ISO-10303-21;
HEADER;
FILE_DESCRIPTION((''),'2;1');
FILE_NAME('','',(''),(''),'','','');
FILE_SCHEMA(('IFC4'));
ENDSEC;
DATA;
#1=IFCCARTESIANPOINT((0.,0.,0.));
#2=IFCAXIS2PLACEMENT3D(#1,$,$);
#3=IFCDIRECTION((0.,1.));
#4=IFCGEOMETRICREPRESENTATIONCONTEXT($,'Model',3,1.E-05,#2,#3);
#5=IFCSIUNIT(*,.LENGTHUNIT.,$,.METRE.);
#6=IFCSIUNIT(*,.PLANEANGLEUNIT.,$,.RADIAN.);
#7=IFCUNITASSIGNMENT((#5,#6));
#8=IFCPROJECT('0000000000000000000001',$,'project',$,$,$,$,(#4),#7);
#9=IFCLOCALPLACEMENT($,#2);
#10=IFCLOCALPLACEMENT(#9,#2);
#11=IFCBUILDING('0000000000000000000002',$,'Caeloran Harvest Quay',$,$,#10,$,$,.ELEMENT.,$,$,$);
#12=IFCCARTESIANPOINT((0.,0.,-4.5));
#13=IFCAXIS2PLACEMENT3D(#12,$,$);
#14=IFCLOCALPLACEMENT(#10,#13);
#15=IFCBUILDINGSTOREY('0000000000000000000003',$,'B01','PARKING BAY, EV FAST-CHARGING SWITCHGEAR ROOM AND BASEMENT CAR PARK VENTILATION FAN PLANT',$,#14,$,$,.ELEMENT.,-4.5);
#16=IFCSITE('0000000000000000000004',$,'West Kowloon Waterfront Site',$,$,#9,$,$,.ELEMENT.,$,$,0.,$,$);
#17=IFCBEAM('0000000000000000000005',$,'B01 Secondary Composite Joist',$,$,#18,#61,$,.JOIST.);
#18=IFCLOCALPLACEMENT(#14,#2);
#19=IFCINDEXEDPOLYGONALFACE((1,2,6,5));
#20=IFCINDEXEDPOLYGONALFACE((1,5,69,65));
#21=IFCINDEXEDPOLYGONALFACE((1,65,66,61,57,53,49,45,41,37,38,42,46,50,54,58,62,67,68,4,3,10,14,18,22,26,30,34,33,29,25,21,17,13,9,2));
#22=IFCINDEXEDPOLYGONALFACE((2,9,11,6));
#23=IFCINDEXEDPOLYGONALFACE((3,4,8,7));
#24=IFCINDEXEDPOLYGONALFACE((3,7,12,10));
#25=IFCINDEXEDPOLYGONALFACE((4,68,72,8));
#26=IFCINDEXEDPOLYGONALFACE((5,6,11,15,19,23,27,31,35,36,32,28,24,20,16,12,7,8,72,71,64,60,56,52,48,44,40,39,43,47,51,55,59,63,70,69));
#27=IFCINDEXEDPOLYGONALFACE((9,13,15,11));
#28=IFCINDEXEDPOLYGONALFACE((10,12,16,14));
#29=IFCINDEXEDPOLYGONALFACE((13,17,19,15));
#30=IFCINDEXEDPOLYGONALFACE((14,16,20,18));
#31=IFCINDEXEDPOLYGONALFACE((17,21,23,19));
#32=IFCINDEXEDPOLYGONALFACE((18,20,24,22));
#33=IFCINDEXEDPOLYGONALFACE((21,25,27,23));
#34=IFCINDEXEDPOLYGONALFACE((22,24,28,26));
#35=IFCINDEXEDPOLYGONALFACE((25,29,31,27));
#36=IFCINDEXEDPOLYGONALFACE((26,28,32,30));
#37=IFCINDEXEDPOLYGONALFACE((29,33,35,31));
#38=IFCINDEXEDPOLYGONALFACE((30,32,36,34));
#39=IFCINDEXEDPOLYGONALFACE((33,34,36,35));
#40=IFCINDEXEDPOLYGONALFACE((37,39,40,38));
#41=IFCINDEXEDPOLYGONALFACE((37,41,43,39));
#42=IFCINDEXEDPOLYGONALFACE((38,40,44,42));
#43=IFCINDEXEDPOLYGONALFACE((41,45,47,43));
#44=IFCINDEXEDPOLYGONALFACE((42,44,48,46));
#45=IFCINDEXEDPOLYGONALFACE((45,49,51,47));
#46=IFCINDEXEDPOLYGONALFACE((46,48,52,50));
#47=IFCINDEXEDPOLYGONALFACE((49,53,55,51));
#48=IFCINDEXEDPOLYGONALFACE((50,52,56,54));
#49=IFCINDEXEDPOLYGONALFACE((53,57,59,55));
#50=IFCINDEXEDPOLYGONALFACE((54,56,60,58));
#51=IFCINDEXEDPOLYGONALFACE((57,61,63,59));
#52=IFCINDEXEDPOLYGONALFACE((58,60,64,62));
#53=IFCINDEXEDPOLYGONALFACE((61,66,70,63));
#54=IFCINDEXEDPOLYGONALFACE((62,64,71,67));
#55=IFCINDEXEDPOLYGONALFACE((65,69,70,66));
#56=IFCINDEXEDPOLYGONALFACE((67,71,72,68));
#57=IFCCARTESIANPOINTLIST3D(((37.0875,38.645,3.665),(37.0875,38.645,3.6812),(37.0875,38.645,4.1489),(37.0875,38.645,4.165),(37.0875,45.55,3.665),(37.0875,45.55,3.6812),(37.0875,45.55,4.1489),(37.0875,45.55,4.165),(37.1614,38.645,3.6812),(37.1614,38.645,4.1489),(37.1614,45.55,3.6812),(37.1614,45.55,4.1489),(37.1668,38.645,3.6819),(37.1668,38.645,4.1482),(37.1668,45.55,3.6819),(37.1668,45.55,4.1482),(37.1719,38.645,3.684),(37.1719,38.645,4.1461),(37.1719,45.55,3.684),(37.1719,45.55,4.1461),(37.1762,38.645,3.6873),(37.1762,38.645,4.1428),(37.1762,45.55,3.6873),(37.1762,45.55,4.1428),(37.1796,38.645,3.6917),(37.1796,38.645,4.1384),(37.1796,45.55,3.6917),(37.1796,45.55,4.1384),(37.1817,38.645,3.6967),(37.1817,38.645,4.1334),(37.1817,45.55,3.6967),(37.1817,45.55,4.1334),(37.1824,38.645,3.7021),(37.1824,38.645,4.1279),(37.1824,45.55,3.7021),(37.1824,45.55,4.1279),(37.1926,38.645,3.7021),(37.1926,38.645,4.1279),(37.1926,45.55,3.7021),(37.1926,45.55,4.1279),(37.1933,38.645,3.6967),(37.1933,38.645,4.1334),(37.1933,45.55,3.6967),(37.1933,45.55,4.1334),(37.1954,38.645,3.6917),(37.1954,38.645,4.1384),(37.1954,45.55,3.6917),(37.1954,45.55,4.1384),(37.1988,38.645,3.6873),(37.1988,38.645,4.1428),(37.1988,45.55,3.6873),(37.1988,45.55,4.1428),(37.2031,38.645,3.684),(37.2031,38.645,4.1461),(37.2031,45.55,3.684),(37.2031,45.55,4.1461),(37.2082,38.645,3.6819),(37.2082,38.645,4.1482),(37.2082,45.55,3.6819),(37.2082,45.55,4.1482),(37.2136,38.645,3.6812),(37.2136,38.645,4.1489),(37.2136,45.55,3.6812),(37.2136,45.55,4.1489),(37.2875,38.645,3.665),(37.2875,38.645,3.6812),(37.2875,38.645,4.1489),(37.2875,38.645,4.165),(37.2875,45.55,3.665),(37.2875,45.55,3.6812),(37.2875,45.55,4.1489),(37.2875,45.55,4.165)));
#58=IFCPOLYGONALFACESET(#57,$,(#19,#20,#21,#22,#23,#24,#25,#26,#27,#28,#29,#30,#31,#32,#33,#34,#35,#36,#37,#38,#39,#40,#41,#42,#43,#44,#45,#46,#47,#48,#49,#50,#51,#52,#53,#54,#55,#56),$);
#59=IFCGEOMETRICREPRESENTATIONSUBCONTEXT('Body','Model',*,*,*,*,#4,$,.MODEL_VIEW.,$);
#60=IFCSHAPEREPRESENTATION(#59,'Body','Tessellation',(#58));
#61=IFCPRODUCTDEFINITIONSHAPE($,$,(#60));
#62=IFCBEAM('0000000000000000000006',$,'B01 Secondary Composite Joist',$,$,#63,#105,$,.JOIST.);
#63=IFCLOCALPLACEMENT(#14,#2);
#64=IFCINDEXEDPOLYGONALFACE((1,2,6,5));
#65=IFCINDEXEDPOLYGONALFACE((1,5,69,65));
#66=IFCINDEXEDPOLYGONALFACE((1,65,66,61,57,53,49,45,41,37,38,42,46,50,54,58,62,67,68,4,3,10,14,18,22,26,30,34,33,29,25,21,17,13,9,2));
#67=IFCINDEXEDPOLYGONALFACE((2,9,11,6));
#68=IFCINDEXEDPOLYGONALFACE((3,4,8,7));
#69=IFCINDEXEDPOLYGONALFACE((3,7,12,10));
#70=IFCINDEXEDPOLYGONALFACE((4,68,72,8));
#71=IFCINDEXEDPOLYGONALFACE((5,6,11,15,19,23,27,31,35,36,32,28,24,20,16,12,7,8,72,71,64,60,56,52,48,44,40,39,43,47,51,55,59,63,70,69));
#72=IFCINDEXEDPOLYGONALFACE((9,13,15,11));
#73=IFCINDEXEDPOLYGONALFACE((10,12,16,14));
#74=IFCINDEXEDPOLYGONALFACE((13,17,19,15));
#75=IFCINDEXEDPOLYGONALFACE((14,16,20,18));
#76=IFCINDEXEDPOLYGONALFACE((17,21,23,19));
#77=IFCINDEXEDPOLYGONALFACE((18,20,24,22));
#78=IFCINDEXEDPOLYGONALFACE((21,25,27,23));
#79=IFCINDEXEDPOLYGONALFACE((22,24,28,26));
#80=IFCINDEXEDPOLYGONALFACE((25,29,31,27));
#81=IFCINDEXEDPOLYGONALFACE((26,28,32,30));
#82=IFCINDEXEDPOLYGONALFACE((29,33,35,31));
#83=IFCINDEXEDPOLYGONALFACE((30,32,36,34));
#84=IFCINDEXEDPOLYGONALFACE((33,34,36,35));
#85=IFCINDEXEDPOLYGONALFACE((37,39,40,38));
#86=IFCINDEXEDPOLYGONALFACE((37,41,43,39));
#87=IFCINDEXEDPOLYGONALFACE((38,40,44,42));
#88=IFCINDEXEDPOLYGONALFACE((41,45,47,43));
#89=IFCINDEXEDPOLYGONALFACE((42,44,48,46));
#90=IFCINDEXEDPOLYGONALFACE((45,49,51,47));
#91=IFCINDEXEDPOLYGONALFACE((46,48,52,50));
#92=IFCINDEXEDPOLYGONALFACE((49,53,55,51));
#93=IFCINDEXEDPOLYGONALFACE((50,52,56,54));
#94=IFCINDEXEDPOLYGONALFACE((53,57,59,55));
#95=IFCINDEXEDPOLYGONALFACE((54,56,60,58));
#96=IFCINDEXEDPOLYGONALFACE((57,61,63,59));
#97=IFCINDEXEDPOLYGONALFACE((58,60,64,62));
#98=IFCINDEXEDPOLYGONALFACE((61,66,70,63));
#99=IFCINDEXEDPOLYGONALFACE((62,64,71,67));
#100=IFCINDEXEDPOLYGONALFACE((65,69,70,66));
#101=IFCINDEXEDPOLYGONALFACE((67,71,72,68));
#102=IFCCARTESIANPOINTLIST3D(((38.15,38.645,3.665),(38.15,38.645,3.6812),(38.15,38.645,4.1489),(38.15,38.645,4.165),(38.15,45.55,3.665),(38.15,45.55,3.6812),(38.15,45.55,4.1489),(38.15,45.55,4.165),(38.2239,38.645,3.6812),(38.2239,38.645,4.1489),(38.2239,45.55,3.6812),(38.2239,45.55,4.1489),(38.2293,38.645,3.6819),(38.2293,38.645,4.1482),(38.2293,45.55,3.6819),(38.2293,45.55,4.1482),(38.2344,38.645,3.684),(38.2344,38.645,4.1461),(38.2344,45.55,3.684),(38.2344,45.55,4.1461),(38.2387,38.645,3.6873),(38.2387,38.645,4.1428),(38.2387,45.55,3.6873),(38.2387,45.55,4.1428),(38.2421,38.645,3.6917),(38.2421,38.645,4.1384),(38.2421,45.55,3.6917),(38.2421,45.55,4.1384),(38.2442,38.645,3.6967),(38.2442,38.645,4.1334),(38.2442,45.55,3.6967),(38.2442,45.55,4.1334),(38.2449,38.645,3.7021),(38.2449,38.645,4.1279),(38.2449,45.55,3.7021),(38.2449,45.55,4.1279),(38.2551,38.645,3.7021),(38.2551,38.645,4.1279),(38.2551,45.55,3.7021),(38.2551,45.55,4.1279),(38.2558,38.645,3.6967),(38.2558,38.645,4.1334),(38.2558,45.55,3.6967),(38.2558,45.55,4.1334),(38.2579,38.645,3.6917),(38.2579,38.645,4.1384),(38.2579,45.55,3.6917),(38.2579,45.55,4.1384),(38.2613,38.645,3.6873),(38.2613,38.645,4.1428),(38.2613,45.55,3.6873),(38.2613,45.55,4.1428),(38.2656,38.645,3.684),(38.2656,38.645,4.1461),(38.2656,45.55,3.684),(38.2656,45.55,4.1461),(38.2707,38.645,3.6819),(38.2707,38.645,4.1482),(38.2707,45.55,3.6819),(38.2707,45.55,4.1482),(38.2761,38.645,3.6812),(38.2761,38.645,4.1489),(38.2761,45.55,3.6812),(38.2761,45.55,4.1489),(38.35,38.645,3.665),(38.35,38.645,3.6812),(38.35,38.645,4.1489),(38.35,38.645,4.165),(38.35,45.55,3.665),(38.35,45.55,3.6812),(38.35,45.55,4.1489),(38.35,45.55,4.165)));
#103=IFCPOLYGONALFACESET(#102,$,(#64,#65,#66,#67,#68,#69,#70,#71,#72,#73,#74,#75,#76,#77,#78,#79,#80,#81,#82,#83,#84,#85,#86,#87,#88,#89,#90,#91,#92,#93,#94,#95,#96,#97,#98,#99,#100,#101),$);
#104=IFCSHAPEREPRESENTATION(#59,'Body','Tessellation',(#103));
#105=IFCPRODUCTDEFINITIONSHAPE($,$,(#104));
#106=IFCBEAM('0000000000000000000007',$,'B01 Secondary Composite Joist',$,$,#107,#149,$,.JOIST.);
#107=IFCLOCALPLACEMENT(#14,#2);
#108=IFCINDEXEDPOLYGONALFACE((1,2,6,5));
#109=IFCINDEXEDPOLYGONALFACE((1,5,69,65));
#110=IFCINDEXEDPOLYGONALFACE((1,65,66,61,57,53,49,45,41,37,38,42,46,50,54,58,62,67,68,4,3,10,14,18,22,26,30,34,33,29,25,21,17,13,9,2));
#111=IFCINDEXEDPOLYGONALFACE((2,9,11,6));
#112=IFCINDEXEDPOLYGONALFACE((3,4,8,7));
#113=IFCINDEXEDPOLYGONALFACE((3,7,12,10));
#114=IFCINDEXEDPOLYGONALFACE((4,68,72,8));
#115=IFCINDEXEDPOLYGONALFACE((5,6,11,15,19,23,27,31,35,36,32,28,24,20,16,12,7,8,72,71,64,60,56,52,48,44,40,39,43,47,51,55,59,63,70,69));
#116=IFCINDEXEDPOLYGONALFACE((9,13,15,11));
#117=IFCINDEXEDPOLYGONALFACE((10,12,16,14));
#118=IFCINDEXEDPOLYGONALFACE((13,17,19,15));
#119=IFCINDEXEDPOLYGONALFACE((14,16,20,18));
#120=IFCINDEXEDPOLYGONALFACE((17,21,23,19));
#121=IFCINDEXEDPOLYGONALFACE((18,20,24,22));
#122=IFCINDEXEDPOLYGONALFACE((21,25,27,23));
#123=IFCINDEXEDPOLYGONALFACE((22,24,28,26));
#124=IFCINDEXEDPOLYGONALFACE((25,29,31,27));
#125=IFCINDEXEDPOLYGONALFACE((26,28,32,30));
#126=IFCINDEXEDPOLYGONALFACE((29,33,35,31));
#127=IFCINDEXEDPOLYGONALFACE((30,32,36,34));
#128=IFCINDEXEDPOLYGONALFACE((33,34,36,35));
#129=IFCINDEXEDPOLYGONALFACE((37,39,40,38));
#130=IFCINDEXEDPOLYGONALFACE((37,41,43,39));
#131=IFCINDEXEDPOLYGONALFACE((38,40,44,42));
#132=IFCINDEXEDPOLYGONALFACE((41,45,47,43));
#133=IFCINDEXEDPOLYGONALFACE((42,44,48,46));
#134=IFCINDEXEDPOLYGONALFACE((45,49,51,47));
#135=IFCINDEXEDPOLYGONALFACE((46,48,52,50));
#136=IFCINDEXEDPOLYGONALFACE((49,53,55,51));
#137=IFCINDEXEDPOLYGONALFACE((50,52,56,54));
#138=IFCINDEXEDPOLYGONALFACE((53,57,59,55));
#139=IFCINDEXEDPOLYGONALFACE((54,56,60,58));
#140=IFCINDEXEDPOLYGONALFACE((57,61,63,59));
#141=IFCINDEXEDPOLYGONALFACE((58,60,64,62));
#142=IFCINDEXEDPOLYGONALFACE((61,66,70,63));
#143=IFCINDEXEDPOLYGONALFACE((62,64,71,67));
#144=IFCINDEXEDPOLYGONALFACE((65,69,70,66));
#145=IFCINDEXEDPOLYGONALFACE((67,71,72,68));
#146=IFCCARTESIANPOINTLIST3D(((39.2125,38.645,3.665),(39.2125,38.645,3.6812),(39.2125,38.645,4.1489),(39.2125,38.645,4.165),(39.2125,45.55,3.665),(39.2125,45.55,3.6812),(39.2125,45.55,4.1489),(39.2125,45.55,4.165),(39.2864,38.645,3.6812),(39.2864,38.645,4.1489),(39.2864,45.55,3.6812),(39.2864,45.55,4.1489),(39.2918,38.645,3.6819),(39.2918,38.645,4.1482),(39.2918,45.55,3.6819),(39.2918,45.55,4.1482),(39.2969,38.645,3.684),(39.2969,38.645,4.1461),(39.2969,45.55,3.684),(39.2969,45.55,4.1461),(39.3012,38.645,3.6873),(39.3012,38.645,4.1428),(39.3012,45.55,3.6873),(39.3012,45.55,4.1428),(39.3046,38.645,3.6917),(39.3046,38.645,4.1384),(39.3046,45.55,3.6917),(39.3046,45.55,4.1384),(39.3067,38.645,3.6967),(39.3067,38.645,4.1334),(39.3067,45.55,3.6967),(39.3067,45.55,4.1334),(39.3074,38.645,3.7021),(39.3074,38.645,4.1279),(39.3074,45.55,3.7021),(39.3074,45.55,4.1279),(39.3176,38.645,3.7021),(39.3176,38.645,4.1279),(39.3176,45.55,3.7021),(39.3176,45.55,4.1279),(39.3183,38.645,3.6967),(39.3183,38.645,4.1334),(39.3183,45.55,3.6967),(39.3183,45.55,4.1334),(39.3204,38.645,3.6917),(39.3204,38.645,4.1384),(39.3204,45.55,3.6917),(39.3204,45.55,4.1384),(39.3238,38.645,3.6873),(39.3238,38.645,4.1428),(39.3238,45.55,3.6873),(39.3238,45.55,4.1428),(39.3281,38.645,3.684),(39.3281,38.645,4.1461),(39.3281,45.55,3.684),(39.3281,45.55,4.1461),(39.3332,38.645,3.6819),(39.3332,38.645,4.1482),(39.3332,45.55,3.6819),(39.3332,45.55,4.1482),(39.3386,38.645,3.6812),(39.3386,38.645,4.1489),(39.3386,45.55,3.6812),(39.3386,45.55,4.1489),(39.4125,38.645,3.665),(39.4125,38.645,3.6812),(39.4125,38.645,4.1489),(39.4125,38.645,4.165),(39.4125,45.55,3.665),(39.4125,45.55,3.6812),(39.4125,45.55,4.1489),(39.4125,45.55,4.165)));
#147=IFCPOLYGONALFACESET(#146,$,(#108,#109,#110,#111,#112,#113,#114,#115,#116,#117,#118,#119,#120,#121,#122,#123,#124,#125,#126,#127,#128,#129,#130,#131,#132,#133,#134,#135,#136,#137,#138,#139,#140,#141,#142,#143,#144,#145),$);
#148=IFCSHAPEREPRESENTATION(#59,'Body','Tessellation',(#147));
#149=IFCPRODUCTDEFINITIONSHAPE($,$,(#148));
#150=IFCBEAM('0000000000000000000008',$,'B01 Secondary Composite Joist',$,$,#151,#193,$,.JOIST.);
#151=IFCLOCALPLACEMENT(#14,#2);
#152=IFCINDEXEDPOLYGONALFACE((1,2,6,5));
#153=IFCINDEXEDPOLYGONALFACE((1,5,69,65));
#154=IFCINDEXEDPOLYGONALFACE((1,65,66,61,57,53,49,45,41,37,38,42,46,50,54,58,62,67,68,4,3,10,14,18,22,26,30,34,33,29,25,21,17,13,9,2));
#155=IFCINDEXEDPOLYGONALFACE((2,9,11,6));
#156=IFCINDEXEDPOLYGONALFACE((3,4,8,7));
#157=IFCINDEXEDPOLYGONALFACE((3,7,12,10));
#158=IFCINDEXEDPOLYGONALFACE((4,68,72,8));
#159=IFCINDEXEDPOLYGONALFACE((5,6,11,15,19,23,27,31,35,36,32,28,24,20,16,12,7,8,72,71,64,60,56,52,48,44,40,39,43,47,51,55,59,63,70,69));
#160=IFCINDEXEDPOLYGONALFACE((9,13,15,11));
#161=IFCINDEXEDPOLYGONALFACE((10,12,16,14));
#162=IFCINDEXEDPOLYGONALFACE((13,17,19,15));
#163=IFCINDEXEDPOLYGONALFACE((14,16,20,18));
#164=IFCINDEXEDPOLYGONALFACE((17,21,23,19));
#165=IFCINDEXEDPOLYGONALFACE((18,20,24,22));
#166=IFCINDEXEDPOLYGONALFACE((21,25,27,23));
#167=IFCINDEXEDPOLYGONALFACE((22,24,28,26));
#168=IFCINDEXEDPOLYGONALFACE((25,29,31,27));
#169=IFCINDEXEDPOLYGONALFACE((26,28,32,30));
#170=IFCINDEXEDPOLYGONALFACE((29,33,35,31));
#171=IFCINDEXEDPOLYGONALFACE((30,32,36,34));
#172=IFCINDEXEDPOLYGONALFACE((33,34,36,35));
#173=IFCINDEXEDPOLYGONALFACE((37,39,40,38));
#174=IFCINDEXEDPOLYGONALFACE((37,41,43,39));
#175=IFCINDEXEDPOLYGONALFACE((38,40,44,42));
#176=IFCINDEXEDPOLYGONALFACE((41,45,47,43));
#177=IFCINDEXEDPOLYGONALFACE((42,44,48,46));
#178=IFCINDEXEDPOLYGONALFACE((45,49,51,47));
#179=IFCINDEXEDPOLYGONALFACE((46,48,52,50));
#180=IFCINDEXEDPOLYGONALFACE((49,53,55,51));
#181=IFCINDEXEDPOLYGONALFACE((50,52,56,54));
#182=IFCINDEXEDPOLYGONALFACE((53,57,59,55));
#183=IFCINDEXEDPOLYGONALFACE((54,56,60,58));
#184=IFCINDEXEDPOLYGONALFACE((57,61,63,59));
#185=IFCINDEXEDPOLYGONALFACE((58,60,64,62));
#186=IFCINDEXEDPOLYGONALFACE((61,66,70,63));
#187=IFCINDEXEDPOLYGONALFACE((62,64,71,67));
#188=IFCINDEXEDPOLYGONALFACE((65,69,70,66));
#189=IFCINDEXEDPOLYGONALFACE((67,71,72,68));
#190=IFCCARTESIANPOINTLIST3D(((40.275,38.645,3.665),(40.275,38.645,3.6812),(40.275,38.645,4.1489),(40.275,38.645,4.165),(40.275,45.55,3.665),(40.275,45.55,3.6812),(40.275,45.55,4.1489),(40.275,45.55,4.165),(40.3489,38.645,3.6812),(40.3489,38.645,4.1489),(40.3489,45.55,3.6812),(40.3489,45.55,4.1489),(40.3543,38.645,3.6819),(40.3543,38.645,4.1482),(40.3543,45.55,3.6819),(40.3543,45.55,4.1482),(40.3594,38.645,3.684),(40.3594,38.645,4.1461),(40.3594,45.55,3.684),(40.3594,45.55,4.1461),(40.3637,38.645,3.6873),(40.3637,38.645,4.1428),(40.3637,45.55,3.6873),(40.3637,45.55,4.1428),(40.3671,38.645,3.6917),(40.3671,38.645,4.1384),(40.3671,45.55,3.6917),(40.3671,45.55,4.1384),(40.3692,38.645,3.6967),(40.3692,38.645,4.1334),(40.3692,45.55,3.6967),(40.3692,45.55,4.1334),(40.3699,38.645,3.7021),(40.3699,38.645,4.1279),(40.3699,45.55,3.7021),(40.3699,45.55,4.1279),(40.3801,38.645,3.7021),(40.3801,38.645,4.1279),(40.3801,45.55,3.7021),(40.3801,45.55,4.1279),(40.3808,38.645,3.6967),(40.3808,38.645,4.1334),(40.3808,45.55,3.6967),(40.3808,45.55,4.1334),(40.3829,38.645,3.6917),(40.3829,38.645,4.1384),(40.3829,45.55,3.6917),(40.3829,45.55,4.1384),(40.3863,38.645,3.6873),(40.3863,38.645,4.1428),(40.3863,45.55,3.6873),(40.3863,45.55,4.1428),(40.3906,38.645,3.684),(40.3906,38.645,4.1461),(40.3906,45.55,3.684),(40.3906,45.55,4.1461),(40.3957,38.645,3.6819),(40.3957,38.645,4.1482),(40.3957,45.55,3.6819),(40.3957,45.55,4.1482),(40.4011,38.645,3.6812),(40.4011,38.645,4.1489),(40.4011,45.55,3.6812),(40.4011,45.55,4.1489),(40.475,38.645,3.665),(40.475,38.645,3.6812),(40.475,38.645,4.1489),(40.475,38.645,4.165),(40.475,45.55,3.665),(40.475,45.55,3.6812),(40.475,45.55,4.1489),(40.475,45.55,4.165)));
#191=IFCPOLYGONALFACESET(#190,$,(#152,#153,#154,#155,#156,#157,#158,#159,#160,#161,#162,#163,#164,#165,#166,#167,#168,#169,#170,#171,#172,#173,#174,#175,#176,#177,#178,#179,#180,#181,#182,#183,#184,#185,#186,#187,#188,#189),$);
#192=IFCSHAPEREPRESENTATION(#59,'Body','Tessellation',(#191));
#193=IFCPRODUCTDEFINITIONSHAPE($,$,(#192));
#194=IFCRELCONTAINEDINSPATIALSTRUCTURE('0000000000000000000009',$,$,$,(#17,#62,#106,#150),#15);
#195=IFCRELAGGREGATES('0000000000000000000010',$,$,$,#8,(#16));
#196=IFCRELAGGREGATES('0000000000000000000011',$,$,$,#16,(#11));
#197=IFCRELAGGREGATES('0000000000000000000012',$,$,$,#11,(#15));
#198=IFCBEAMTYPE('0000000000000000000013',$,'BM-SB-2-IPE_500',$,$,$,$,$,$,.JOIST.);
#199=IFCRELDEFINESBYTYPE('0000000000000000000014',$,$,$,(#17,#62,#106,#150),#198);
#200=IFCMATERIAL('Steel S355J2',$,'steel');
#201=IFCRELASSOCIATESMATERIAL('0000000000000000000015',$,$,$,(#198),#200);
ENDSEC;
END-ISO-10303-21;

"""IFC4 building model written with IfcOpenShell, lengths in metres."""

from ifc_helpers import new_model, si_unit, direction, frame, origin, origin_2d, place, context, subcontext, project, spatial, i_section, extrude, material, material_profile, profile_set, type_object, element, save


model = new_model("IFC4")

# Units and contexts
model_context = context("Model", 3, precision=1e-05, world=origin(), true_north=direction((0.0, 1.0)))
body_context = subcontext(model_context, "Body", "Model", "MODEL_VIEW")
ifc_project = project(units=[si_unit("LENGTHUNIT", "METRE"), si_unit("PLANEANGLEUNIT", "RADIAN")], contexts=[model_context])

# Site, building, storey
site_placement = place(None, origin())
site = spatial("IfcSite", under=ifc_project, at=site_placement, Name="West Kowloon Waterfront Site", CompositionType="ELEMENT", RefElevation=0.0)
building_placement = place(site_placement, origin())
building = spatial("IfcBuilding", under=site, at=building_placement, Name="Caeloran Harvest Quay", CompositionType="ELEMENT")
storey_placement = place(building_placement, frame((0.0, 0.0, -4.5)))
storey = spatial("IfcBuildingStorey", under=building, at=storey_placement, Name="B01", Description="PARKING BAY, EV FAST-CHARGING SWITCHGEAR ROOM AND BASEMENT CAR PARK VENTILATION FAN PLANT", CompositionType="ELEMENT", Elevation=-4.5)

# Beams
ifc_material_1 = material(Name="Steel S355J2", Category="steel")
ifc_material_profile_1 = material_profile(ifc_material_1, i_section(OverallWidth=0.2, OverallDepth=0.5, WebThickness=0.0103, FlangeThickness=0.0161, FilletRadius=0.021, at=origin_2d()), Name="IPE 500")
ifc_profile_set_1 = profile_set([ifc_material_profile_1], Name="Steel S355J2")
beam_type_1 = type_object("IfcBeamType", Name="BM-SB-2-IPE_500", PredefinedType="JOIST", material=ifc_profile_set_1)
for number, where, z_axis, x_axis, name in (
    (1, (37.1875, 38.645, 3.915), (0.0, 1.0, 0.0), (-1.0, 0.0, 0.0), "B01 Secondary Composite Joist"),
    (2, (38.25, 38.645, 3.915), (0.0, 1.0, 0.0), (-1.0, 0.0, 0.0), "B01 Secondary Composite Joist"),
    (3, (39.3125, 38.645, 3.915), (0.0, 1.0, 0.0), (-1.0, 0.0, 0.0), "B01 Secondary Composite Joist"),
    (4, (40.375, 38.645, 3.915), (0.0, 1.0, 0.0), (-1.0, 0.0, 0.0), "B01 Secondary Composite Joist"),
):
    element("IfcBeam", number, at=place(storey_placement, frame(where, z_axis=z_axis, x_axis=x_axis)), inside=storey, type_object=beam_type_1, Name=name, PredefinedType="JOIST", context=body_context, shape_type="SweptSolid", body=[
        extrude(i_section(OverallWidth=0.2, OverallDepth=0.5, WebThickness=0.0103, FlangeThickness=0.0161, FilletRadius=0.021, at=origin_2d()), origin(), (0.0, 0.0, 1.0), 6.905),
    ])

save(model, "model.ifc")
